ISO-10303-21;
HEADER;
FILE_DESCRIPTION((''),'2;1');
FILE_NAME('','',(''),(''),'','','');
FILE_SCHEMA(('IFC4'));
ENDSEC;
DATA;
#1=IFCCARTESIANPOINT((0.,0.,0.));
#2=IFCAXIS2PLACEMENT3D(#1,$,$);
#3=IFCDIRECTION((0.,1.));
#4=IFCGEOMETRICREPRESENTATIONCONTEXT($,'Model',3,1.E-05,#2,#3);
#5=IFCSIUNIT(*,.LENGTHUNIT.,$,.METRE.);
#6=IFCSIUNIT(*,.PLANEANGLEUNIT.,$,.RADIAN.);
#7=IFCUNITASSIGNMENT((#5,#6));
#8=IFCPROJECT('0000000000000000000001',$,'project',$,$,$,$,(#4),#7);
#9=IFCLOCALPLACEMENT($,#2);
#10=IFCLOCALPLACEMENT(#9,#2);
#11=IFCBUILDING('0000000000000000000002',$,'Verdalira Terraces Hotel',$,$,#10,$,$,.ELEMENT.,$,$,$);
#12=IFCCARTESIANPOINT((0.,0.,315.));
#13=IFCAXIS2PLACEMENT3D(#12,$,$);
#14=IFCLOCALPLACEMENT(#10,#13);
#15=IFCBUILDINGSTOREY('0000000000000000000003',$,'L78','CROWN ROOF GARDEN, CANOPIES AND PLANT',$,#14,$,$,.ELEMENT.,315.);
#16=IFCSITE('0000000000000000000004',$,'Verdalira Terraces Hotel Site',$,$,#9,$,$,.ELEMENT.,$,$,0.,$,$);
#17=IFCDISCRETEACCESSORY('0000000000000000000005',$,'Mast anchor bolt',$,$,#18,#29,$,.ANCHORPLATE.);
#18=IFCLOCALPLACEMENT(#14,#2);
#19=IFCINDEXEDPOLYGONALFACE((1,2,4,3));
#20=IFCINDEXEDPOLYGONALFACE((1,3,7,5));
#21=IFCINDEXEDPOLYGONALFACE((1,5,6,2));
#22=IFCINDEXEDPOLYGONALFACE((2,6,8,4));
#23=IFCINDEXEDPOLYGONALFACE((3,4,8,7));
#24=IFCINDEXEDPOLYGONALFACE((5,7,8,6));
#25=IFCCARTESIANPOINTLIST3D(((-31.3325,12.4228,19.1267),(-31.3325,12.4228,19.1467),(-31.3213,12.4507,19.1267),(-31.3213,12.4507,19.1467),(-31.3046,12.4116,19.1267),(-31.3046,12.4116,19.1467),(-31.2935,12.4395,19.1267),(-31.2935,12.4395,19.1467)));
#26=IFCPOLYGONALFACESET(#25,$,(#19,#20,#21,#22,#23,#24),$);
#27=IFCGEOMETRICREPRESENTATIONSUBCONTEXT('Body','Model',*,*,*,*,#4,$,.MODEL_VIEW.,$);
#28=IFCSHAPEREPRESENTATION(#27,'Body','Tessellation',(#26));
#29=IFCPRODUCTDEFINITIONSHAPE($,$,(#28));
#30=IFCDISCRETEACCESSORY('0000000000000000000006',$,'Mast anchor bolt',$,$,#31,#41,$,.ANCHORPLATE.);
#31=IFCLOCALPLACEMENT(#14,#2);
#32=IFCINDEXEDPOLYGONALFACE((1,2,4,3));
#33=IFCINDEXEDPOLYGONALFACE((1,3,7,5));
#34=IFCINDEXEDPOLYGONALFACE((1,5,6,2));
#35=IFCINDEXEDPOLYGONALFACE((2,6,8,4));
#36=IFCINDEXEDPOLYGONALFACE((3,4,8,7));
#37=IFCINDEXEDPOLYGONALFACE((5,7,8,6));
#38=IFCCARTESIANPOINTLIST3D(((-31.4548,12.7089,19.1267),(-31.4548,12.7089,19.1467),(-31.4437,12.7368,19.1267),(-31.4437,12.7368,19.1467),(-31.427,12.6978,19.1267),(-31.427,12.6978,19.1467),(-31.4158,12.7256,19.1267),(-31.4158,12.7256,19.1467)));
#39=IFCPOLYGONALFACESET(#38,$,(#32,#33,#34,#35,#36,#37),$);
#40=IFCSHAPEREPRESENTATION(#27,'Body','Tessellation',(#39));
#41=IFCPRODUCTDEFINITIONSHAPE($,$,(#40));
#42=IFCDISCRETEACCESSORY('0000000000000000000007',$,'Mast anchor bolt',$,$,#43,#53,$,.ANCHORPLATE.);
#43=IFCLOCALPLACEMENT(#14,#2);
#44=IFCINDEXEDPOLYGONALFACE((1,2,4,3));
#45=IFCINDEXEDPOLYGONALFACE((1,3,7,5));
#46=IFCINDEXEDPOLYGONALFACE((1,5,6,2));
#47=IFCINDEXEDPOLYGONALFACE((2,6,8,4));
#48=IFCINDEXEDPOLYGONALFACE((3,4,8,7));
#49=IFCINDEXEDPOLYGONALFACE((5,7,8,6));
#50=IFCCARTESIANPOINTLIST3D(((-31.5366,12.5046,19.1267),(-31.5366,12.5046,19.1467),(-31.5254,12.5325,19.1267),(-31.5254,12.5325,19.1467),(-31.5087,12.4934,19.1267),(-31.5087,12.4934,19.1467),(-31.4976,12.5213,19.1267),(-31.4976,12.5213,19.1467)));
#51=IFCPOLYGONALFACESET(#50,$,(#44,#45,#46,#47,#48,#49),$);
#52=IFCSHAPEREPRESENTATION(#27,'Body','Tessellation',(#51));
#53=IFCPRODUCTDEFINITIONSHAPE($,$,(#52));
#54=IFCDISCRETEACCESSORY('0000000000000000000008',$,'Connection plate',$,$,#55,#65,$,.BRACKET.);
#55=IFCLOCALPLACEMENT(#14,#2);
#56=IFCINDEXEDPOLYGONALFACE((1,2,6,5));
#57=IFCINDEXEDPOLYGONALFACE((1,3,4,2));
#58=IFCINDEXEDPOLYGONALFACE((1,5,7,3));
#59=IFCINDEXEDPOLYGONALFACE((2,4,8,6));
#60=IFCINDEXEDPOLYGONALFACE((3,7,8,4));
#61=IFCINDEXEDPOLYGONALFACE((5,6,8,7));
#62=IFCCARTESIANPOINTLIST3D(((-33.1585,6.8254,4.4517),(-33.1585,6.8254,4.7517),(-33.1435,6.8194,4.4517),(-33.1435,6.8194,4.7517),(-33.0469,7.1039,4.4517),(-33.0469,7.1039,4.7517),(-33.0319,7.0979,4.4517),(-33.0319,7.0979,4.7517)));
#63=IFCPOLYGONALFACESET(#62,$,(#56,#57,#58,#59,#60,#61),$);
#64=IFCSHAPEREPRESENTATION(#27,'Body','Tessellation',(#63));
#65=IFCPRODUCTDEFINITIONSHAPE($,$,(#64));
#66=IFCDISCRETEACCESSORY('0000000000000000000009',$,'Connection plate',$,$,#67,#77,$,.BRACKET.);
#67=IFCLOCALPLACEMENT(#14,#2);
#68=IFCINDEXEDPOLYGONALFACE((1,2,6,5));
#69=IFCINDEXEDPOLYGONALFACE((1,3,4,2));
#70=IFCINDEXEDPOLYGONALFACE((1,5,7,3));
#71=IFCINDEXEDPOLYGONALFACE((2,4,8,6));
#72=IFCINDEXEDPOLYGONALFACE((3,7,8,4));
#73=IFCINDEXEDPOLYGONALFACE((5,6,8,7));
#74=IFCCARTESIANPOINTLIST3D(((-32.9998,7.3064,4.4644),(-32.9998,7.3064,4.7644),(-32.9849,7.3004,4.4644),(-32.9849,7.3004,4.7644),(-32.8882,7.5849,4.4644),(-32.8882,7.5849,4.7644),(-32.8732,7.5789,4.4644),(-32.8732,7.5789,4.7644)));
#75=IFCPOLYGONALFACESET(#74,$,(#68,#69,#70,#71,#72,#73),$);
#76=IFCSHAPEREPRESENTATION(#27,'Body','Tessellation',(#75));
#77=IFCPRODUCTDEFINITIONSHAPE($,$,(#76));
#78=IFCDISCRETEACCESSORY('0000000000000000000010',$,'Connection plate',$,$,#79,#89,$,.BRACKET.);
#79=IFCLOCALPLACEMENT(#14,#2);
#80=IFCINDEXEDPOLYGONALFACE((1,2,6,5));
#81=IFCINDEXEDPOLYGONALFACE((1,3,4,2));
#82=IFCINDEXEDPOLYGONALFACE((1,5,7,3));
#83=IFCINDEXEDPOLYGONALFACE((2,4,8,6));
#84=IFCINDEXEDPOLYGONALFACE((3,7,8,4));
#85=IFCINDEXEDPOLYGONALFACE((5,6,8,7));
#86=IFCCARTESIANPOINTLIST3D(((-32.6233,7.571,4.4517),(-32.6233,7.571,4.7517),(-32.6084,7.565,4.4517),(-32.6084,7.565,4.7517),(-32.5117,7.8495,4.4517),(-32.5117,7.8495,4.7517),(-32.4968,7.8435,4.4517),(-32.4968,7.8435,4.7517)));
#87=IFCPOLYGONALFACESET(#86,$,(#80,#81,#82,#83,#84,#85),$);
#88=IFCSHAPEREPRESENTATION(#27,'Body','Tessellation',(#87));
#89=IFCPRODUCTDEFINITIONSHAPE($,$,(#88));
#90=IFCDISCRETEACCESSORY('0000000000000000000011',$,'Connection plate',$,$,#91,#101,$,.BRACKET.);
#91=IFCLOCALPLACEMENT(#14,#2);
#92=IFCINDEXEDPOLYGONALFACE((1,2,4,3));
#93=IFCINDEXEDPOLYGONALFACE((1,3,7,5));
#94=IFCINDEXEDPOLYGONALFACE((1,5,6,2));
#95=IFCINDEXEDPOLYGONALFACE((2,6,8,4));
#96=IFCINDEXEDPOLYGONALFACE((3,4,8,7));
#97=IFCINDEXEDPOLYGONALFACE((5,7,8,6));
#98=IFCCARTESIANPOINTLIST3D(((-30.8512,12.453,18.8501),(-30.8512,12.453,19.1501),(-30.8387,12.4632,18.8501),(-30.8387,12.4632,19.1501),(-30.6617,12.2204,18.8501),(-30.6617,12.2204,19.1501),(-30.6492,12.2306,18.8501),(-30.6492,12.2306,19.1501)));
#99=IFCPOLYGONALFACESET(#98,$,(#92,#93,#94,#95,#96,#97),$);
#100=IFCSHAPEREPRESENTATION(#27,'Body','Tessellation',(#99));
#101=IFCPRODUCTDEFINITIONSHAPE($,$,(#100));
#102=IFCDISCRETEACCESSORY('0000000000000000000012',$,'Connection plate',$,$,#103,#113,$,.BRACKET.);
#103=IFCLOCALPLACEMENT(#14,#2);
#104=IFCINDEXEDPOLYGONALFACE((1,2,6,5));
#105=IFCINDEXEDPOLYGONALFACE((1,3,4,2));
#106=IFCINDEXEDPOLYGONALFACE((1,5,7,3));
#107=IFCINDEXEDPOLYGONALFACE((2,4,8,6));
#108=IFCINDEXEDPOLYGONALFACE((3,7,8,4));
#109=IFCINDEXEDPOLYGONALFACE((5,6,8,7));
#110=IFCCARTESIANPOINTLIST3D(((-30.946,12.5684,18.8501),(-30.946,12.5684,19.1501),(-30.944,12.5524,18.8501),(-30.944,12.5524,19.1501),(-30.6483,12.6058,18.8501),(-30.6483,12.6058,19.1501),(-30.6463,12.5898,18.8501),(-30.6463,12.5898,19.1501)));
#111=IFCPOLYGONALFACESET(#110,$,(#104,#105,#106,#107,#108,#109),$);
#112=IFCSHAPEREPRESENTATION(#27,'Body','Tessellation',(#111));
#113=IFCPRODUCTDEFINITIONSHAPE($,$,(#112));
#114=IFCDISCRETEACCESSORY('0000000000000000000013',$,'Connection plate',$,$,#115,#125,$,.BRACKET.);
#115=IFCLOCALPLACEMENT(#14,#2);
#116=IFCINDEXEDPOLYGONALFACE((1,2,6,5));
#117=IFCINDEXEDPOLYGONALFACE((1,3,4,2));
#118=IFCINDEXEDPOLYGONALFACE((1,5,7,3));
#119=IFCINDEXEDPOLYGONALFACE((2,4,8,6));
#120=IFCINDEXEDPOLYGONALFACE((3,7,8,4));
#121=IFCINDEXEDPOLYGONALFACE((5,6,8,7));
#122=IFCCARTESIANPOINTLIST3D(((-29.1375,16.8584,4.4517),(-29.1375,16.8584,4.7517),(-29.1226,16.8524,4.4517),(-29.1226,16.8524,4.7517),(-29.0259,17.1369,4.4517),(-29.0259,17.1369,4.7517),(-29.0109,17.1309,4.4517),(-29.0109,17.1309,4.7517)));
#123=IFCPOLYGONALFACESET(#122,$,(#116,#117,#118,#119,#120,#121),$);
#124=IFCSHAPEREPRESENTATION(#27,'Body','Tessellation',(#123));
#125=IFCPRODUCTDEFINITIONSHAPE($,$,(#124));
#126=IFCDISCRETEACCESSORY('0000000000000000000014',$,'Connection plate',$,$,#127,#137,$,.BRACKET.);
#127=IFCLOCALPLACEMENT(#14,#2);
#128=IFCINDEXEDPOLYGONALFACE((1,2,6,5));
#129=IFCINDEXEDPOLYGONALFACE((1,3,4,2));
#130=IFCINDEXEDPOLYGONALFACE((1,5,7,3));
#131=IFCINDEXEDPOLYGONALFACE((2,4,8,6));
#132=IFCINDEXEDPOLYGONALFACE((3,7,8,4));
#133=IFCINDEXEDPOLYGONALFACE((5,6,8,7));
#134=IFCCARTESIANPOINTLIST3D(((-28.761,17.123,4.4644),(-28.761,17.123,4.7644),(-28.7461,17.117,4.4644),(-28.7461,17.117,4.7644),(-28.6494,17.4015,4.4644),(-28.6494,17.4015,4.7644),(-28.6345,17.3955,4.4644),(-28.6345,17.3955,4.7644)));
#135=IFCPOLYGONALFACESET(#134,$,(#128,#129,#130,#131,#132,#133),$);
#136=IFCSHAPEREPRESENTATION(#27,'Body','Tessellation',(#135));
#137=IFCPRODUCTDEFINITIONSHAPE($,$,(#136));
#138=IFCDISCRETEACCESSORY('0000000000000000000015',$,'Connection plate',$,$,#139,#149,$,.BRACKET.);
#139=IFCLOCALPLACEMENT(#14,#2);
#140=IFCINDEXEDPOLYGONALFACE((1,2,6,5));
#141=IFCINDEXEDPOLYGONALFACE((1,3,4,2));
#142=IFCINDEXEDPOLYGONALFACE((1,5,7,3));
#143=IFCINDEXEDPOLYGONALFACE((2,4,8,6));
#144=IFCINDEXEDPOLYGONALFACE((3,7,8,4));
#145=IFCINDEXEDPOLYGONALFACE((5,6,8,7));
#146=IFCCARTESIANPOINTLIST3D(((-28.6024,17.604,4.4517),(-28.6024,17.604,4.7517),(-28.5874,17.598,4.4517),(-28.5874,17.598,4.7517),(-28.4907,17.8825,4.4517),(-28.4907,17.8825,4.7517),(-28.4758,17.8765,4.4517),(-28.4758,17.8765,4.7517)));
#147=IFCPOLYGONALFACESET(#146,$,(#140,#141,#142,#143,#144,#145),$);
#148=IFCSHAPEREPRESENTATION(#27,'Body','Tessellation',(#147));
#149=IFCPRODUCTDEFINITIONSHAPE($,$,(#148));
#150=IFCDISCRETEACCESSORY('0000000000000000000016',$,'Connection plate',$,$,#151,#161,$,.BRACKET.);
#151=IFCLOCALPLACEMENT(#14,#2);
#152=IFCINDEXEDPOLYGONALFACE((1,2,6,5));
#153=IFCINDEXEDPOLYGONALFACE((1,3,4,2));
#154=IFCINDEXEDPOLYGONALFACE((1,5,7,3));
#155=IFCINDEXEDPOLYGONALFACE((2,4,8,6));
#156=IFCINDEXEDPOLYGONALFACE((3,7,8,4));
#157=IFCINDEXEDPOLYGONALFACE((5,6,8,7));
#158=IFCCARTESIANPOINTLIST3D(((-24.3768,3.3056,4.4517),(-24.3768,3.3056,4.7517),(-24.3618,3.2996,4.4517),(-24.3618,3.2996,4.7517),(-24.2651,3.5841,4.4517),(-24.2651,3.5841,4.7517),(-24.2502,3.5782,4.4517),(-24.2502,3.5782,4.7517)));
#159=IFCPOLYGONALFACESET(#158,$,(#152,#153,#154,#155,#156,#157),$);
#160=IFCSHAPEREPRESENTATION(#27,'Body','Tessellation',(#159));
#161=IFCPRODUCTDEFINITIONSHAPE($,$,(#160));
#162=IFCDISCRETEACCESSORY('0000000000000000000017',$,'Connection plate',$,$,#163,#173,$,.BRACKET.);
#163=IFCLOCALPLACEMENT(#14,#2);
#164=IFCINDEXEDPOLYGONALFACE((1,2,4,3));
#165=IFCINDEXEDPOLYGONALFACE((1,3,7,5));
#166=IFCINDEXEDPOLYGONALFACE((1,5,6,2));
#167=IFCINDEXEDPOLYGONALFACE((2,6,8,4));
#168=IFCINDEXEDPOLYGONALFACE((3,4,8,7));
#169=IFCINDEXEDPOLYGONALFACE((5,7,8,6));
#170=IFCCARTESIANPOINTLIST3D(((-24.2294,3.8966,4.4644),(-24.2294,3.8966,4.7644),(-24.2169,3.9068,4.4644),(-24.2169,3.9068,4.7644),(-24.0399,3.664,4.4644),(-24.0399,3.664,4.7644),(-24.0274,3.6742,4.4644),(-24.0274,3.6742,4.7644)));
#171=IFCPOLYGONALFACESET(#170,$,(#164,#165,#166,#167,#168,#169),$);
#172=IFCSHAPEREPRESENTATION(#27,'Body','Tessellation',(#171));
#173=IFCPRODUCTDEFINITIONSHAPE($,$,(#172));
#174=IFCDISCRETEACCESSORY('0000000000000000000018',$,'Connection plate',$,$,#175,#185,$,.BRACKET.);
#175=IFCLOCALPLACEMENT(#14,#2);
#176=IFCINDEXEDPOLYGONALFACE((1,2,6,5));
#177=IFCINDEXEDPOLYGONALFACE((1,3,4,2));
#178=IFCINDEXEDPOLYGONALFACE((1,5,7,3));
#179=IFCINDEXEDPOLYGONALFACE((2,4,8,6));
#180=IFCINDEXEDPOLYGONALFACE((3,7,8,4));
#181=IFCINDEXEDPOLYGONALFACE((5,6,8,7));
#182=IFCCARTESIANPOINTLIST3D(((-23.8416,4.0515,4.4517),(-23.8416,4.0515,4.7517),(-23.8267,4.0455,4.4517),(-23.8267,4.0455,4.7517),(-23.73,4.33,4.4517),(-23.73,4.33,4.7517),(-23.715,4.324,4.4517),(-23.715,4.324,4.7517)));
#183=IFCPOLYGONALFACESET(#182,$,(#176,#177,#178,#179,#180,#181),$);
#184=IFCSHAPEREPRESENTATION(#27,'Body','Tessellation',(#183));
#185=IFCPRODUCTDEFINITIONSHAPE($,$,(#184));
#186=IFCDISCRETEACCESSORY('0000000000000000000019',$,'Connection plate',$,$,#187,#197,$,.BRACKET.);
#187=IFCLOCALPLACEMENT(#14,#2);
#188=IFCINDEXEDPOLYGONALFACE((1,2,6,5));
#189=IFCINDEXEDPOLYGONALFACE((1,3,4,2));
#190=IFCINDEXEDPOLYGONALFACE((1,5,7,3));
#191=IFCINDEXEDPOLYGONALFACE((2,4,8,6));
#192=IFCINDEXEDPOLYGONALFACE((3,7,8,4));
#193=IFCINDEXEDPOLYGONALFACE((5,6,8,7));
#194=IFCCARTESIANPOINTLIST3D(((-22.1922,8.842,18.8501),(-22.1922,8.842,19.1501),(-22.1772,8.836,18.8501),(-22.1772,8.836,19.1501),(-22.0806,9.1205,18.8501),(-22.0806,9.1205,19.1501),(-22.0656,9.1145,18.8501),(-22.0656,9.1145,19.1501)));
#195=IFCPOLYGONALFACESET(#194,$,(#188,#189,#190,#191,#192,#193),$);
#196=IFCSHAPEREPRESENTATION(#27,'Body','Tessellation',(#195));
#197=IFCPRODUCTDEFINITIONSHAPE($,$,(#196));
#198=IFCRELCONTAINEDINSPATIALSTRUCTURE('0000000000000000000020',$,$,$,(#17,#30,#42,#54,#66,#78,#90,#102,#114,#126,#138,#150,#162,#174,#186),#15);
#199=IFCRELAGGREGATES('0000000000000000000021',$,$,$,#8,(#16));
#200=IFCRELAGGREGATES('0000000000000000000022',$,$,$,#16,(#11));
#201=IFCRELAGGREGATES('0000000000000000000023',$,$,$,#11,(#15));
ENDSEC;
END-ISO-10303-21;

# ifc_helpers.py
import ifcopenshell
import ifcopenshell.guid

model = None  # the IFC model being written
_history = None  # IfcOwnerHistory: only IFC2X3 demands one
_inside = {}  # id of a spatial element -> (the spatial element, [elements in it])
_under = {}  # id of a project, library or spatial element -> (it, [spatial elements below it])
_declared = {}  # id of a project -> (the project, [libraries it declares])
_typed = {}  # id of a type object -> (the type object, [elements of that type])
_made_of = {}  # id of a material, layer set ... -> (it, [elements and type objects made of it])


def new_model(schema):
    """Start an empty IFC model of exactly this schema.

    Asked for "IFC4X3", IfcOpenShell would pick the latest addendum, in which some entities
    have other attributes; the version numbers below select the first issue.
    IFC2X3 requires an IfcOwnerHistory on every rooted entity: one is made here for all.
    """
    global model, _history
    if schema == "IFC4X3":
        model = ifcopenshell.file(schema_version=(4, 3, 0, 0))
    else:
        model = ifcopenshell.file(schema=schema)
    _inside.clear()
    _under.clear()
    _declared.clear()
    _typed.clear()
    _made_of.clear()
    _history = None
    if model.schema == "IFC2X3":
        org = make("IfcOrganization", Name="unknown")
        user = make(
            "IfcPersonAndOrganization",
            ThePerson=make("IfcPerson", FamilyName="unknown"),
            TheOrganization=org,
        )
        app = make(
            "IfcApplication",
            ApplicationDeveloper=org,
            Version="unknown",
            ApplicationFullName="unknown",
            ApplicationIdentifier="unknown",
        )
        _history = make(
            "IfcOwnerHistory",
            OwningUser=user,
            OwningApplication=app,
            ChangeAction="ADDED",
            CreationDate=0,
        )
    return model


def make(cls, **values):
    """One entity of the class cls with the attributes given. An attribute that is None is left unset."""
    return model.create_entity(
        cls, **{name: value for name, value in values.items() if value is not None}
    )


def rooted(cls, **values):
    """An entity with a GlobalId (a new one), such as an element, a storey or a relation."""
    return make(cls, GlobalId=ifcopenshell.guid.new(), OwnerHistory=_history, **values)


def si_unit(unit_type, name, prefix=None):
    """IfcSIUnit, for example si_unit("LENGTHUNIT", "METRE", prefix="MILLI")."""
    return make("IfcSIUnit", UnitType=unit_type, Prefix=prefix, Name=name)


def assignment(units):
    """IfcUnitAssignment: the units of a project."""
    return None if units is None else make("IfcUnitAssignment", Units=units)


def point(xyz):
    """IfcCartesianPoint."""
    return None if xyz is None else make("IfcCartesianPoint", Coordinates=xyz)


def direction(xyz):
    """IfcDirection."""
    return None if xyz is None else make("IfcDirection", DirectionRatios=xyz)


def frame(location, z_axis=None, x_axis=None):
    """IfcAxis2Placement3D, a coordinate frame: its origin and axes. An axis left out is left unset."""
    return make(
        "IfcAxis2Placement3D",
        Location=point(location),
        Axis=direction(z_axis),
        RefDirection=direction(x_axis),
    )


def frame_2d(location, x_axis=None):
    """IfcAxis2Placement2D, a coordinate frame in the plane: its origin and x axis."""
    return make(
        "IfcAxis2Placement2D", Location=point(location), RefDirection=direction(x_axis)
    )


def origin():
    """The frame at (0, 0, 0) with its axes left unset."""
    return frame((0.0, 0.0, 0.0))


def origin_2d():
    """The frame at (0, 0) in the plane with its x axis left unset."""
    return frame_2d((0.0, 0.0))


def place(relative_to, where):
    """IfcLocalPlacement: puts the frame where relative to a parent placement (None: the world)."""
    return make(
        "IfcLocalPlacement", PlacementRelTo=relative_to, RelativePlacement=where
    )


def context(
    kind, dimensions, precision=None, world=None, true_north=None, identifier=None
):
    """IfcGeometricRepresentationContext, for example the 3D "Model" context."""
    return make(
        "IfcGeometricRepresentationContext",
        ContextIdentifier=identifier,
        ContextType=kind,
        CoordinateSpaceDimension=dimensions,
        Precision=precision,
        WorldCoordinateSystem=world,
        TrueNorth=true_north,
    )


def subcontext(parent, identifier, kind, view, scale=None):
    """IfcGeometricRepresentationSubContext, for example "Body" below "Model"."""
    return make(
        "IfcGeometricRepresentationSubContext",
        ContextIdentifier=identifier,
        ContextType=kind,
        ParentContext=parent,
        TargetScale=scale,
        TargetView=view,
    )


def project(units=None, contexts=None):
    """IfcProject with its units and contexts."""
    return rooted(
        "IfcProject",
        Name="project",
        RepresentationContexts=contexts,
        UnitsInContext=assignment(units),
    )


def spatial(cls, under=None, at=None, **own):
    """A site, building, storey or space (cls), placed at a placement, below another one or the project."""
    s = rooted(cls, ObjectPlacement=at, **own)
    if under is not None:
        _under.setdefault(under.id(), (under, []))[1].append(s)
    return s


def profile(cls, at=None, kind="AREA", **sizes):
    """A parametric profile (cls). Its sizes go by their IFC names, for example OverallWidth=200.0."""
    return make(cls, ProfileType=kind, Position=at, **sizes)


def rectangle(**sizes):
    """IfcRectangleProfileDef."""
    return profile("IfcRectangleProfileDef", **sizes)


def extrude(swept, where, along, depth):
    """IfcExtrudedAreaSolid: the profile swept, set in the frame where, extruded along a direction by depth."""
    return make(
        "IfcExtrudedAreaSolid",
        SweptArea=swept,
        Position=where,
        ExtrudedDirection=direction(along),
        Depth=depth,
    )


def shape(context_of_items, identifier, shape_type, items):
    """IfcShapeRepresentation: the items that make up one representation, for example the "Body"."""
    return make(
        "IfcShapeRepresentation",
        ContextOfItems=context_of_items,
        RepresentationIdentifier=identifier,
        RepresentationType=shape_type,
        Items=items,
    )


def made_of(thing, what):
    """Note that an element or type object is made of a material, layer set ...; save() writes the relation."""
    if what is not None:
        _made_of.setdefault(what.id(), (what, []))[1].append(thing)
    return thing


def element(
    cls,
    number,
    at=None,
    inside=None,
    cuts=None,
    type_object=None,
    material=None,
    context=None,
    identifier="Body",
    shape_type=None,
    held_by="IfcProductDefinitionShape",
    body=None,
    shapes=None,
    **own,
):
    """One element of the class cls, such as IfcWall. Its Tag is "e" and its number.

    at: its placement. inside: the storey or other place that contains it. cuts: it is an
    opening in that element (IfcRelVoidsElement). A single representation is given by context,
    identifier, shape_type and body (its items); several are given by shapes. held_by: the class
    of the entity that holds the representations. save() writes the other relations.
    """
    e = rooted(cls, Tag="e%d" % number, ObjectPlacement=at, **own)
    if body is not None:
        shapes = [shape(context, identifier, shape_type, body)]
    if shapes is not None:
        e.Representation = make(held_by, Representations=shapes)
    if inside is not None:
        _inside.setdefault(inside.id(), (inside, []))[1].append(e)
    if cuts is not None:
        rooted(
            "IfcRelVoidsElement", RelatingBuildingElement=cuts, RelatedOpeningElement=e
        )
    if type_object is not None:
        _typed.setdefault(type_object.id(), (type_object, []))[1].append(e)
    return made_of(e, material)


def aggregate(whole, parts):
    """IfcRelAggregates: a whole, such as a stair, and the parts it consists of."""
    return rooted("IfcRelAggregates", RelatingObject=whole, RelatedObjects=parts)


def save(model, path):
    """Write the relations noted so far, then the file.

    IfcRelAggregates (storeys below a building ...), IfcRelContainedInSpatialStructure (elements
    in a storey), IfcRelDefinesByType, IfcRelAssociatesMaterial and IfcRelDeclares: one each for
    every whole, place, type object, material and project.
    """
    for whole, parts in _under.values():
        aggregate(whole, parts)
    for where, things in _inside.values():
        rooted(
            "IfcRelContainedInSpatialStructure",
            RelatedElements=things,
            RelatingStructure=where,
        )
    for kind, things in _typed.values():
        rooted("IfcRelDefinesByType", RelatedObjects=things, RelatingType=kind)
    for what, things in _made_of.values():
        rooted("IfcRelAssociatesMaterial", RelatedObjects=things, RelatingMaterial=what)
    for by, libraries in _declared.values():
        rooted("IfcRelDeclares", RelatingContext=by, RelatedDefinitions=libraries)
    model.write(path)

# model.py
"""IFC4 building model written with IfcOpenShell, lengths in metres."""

from ifc_helpers import new_model, si_unit, direction, frame, origin, origin_2d, place, context, subcontext, project, spatial, rectangle, extrude, element, save


model = new_model("IFC4")

# Units and contexts
model_context = context("Model", 3, precision=1e-05, world=origin(), true_north=direction((0.0, 1.0)))
body_context = subcontext(model_context, "Body", "Model", "MODEL_VIEW")
ifc_project = project(units=[si_unit("LENGTHUNIT", "METRE"), si_unit("PLANEANGLEUNIT", "RADIAN")], contexts=[model_context])

# Site, building, storey
site_placement = place(None, origin())
site = spatial("IfcSite", under=ifc_project, at=site_placement, Name="Verdalira Terraces Hotel Site", CompositionType="ELEMENT", RefElevation=0.0)
building_placement = place(site_placement, origin())
building = spatial("IfcBuilding", under=site, at=building_placement, Name="Verdalira Terraces Hotel", CompositionType="ELEMENT")
storey_placement = place(building_placement, frame((0.0, 0.0, 315.0)))
storey = spatial("IfcBuildingStorey", under=building, at=storey_placement, Name="L78", Description="CROWN ROOF GARDEN, CANOPIES AND PLANT", CompositionType="ELEMENT", Elevation=315.0)

# Discrete accessories
for number, where, z_axis, x_axis, name in (
    (1, (-31.313, 12.4312, 19.1267), (0.0, 0.0, 1.0), (-0.928226, 0.372016, 0.0), "Mast anchor bolt"),
    (2, (-31.4353, 12.7173, 19.1267), (0.0, 0.0, 1.0), (-0.928226, 0.372016, 0.0), "Mast anchor bolt"),
    (3, (-31.5171, 12.5129, 19.1267), (0.0, 0.0, 1.0), (-0.928226, 0.372016, 0.0), "Mast anchor bolt"),
):
    element("IfcDiscreteAccessory", number, at=place(storey_placement, frame(where, z_axis=z_axis, x_axis=x_axis)), inside=storey, Name=name, PredefinedType="ANCHORPLATE", context=body_context, shape_type="SweptSolid", body=[
        extrude(rectangle(XDim=0.03, YDim=0.03, at=origin_2d()), origin(), (0.0, 0.0, 1.0), 0.02),
    ])
for number, where, z_axis, x_axis, name in (
    (4, (-33.0952, 6.9617, 4.4517), (0.0, 0.0, 1.0), (0.372016, 0.928226, 0.0), "Connection plate"),
    (5, (-32.9365, 7.4426, 4.4644), (0.0, 0.0, 1.0), (0.372016, 0.928226, 0.0), "Connection plate"),
    (6, (-32.5601, 7.7073, 4.4517), (0.0, 0.0, 1.0), (-0.372016, -0.928226, 0.0), "Connection plate"),
    (7, (-30.7502, 12.3418, 18.8501), (0.0, 0.0, 1.0), (0.631575, -0.775315, 0.0), "Connection plate"),
    (8, (-30.7961, 12.5791, 18.8501), (0.0, 0.0, 1.0), (0.992216, 0.12453, 0.0), "Connection plate"),
    (9, (-29.0742, 16.9946, 4.4517), (0.0, 0.0, 1.0), (0.372016, 0.928226, 0.0), "Connection plate"),
    (10, (-28.6978, 17.2593, 4.4644), (0.0, 0.0, 1.0), (-0.372016, -0.928226, 0.0), "Connection plate"),
    (11, (-28.5391, 17.7402, 4.4517), (0.0, 0.0, 1.0), (-0.372016, -0.928226, 0.0), "Connection plate"),
    (12, (-24.3135, 3.4419, 4.4517), (0.0, 0.0, 1.0), (0.372016, 0.928226, 0.0), "Connection plate"),
    (13, (-24.1284, 3.7854, 4.4644), (0.0, 0.0, 1.0), (-0.631575, 0.775315, 0.0), "Connection plate"),
    (14, (-23.7783, 4.1877, 4.4517), (0.0, 0.0, 1.0), (-0.372016, -0.928226, 0.0), "Connection plate"),
    (15, (-22.1289, 8.9783, 18.8501), (0.0, 0.0, 1.0), (0.372016, 0.928226, 0.0), "Connection plate"),
):
    element("IfcDiscreteAccessory", number, at=place(storey_placement, frame(where, z_axis=z_axis, x_axis=x_axis)), inside=storey, Name=name, PredefinedType="BRACKET", context=body_context, shape_type="SweptSolid", body=[
        extrude(rectangle(XDim=0.3, YDim=0.0161, at=origin_2d()), origin(), (0.0, 0.0, 1.0), 0.3),
    ])

save(model, "model.ifc")
